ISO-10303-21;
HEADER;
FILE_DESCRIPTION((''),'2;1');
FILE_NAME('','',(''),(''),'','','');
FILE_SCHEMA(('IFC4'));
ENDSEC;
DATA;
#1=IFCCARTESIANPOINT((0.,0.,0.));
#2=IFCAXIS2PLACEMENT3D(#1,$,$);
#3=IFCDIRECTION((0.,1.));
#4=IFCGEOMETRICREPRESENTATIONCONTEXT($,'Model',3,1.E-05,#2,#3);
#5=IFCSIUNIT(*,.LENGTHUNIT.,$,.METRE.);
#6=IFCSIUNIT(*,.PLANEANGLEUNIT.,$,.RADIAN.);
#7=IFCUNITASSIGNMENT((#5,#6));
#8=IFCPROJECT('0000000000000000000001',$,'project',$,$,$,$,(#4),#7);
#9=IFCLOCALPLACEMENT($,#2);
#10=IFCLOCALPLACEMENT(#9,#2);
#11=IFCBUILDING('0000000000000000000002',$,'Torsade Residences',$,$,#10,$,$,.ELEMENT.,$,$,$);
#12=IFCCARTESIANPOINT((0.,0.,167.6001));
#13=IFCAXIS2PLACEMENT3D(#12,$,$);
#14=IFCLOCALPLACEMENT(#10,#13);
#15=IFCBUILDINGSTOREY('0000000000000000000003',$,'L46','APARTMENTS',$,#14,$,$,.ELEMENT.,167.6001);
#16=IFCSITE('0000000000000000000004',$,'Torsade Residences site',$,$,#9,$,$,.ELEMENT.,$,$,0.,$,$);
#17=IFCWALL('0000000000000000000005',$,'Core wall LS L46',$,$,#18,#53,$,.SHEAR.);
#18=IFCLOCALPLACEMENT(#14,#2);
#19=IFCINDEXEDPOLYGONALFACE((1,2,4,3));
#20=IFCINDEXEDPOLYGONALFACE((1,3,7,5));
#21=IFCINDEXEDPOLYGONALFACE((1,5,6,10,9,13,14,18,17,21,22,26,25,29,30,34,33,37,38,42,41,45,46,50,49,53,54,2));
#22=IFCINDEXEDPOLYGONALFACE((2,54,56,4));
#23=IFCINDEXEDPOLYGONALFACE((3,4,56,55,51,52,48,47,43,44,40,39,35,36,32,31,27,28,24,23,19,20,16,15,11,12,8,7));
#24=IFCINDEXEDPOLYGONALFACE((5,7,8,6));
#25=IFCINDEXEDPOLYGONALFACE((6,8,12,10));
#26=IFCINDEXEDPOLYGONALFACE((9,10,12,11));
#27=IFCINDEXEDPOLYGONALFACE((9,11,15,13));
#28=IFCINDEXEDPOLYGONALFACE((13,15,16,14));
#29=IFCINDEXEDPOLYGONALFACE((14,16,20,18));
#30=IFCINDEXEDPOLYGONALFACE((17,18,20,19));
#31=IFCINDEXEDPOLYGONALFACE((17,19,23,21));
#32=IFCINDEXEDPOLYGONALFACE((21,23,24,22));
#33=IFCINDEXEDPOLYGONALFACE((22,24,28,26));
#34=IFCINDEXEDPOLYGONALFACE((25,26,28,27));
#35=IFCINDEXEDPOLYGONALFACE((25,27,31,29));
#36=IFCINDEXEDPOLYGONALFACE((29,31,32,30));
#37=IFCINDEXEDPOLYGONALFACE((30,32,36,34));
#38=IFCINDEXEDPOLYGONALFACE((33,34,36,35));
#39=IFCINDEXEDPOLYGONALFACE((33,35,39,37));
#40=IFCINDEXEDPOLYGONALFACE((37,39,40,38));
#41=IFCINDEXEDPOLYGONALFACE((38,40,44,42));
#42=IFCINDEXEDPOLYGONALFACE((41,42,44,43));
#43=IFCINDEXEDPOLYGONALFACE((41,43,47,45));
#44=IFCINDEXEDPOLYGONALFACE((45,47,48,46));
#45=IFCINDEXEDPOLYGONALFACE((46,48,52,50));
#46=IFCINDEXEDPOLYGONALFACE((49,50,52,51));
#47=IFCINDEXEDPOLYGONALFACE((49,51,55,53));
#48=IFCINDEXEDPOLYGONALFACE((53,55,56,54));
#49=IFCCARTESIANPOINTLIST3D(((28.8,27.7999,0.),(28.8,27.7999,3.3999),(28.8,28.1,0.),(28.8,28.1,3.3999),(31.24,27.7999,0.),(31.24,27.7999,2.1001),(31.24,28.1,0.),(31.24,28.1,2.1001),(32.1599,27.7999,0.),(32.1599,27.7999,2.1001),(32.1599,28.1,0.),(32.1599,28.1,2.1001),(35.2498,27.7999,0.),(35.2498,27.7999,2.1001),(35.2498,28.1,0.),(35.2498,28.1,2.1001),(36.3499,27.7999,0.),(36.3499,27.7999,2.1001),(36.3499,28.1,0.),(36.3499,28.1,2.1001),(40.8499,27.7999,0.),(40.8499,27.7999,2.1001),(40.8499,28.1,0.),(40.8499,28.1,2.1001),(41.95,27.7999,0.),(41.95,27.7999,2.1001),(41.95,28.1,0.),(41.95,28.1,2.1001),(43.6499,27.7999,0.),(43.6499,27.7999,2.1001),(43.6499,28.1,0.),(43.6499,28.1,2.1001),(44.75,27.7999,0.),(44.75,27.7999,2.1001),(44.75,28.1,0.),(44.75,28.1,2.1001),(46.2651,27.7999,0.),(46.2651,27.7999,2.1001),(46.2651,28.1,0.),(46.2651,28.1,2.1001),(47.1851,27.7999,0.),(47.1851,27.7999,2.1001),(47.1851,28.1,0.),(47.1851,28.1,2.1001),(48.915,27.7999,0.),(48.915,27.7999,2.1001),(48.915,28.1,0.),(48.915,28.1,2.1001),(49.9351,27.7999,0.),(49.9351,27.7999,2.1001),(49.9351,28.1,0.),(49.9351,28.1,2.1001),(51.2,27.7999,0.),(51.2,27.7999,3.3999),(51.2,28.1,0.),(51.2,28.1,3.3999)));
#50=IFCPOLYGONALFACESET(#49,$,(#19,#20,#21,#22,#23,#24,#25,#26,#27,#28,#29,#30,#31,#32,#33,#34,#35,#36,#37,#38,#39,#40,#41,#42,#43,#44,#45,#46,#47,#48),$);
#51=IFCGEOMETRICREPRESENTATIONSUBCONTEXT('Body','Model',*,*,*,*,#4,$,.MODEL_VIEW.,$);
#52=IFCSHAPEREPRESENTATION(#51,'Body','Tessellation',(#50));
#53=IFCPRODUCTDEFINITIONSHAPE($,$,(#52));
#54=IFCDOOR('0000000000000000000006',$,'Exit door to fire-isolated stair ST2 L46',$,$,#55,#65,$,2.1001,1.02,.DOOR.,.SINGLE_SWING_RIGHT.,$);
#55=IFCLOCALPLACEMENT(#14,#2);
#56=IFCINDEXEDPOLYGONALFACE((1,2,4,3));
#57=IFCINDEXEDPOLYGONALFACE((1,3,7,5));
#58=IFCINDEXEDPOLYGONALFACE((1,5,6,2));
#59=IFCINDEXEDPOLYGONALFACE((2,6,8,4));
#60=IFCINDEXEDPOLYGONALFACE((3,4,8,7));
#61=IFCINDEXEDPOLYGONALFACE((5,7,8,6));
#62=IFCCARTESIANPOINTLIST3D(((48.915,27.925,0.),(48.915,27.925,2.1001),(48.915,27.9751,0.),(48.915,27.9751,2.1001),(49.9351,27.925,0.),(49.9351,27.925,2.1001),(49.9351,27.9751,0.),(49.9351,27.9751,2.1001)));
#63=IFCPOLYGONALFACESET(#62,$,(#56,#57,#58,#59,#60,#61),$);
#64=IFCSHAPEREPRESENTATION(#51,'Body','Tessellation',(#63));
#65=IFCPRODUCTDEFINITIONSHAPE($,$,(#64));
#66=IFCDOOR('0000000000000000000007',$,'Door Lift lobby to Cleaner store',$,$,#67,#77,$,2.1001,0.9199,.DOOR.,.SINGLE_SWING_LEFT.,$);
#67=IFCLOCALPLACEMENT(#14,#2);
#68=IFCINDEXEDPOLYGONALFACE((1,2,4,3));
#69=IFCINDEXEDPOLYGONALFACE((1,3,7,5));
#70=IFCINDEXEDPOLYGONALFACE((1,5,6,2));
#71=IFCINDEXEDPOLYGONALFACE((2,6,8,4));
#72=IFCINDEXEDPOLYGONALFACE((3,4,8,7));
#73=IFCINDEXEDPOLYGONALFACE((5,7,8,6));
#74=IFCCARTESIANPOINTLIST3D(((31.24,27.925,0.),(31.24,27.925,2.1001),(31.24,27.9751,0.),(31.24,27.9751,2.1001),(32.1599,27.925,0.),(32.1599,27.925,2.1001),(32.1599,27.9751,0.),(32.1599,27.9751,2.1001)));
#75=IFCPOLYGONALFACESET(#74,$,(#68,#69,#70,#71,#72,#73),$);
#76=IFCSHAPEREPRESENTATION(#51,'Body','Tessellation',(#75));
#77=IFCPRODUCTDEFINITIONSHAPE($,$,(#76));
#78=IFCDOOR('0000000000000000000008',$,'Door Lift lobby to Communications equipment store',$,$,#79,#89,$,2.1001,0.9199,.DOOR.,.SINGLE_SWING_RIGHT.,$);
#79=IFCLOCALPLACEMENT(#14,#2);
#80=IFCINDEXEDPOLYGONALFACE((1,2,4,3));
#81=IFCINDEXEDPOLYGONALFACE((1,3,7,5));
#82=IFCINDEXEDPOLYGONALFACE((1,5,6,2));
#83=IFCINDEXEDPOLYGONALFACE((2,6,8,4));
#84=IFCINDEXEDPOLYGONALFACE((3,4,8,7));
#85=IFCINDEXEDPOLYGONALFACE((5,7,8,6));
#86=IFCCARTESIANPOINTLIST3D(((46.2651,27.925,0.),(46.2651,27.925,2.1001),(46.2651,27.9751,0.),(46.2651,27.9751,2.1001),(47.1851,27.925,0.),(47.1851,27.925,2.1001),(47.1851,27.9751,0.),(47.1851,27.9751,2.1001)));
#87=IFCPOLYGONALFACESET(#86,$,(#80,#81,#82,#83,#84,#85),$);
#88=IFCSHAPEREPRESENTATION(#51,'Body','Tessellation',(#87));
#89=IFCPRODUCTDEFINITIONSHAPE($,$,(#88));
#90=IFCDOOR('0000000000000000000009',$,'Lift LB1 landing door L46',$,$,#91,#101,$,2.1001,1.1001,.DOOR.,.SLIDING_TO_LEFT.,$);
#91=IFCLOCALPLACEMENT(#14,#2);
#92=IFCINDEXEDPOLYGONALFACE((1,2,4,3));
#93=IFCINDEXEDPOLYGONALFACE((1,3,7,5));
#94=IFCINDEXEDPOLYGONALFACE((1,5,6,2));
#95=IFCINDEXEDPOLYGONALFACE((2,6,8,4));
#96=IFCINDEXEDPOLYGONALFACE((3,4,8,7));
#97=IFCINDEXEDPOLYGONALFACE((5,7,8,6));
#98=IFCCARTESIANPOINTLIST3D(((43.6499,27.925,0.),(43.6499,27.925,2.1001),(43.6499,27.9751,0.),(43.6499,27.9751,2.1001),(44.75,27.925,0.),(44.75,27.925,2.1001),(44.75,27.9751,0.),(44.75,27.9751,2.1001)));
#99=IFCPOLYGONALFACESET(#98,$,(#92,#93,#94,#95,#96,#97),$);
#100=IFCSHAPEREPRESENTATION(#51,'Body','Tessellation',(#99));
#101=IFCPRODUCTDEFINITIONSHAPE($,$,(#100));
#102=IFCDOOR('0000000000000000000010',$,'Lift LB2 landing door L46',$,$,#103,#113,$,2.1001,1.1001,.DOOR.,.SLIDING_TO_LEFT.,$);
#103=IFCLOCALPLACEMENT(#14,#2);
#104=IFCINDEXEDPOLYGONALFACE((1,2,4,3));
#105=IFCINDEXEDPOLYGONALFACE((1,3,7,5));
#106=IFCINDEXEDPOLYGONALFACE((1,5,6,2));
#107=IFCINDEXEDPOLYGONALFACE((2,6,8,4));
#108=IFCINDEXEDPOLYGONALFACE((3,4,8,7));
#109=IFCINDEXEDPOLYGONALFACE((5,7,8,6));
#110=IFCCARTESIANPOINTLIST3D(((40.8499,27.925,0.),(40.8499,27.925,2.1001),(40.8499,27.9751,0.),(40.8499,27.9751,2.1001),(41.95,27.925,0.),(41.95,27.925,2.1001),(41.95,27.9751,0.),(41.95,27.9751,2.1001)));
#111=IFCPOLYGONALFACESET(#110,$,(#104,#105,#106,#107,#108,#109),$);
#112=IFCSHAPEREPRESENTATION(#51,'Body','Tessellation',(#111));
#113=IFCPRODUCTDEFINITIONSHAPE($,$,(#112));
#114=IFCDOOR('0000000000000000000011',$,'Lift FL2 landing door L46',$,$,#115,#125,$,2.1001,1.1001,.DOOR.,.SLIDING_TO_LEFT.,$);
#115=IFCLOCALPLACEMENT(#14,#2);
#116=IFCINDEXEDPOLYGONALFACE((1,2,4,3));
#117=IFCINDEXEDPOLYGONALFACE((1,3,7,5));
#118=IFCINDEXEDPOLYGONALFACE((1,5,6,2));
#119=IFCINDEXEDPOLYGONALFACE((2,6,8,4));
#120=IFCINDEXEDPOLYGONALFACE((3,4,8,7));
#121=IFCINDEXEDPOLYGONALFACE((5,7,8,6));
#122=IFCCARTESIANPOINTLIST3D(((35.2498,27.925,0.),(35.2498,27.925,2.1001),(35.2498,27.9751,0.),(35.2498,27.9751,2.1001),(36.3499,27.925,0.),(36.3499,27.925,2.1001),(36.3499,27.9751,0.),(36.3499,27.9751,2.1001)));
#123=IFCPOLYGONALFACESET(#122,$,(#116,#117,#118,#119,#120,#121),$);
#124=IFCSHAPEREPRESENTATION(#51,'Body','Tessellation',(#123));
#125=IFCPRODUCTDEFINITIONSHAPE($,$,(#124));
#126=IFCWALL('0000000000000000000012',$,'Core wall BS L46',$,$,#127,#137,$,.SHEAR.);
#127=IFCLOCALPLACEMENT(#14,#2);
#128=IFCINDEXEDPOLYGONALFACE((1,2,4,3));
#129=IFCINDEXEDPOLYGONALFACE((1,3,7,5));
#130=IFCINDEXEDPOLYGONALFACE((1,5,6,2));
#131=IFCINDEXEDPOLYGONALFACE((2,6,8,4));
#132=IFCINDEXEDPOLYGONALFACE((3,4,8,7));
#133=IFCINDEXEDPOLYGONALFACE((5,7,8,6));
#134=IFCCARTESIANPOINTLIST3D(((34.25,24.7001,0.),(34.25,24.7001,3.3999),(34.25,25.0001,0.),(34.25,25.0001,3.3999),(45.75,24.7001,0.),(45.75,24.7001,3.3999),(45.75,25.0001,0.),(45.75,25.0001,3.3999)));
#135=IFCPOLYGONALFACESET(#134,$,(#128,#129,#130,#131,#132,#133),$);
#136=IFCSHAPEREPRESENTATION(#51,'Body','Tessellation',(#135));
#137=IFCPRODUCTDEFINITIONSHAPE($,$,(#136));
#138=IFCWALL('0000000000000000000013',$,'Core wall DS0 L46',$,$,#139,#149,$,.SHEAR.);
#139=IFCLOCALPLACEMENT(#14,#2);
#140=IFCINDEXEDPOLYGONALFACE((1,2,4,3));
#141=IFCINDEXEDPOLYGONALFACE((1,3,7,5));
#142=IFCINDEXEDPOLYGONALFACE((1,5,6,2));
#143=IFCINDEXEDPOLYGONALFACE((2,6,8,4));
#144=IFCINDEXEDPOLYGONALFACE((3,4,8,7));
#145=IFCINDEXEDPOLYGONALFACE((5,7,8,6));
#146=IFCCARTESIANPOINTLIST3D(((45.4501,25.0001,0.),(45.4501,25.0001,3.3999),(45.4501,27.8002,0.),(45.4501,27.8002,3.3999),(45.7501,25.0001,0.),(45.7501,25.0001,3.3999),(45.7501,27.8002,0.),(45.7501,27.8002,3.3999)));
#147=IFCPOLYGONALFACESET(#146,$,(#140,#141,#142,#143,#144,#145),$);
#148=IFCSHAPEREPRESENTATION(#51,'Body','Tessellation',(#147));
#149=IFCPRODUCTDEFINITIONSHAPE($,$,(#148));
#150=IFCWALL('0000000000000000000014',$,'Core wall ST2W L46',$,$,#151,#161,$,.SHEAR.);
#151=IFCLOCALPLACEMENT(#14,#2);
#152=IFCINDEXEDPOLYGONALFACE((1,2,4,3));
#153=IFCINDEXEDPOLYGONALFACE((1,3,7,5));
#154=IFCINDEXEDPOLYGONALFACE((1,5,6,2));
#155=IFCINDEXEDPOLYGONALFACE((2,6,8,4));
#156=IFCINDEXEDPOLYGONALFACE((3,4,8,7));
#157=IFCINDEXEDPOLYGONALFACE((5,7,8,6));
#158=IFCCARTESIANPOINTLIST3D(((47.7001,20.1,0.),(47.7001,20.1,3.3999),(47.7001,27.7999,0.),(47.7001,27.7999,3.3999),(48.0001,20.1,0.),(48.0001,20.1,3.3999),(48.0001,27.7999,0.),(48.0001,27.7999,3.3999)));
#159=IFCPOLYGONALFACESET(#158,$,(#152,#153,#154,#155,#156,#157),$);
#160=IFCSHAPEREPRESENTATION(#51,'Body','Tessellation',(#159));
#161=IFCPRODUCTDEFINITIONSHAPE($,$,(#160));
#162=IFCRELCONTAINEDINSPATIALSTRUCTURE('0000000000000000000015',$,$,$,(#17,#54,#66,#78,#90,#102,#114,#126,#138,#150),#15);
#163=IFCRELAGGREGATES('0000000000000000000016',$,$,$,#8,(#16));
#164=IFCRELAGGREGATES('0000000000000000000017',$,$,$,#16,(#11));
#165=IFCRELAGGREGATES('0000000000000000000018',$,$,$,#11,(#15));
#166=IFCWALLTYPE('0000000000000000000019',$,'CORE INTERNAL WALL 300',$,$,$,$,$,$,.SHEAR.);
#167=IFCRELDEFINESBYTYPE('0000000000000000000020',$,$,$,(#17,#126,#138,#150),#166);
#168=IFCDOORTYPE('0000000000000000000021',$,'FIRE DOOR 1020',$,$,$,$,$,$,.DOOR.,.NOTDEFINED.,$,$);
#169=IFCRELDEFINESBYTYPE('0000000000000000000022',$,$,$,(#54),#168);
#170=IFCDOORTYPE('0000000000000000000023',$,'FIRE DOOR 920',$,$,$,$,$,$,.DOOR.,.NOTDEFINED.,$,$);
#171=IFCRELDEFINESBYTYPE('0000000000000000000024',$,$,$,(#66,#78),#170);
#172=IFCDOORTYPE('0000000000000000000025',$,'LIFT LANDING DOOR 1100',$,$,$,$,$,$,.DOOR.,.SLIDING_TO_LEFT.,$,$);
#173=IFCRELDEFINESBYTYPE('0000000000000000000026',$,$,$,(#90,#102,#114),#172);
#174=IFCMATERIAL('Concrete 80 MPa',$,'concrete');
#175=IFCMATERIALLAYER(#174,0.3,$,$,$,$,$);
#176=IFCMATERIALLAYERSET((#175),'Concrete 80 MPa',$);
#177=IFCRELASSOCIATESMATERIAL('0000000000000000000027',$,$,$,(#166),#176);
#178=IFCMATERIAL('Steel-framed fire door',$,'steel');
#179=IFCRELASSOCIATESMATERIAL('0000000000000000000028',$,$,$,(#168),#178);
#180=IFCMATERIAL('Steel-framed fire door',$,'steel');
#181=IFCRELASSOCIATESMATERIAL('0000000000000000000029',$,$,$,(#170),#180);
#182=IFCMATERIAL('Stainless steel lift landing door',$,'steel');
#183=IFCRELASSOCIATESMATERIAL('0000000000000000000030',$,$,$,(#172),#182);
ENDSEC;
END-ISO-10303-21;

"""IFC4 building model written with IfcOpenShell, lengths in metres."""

from ifc_helpers import new_model, si_unit, direction, frame, frame_2d, origin, place, context, subcontext, project, spatial, rectangle, extrude, material, layer, layer_set, type_object, element, fill, save


model = new_model("IFC4")

# Units and contexts
model_context = context("Model", 3, precision=1e-05, world=origin(), true_north=direction((0.0, 1.0)))
body_context = subcontext(model_context, "Body", "Model", "MODEL_VIEW")
ifc_project = project(units=[si_unit("LENGTHUNIT", "METRE"), si_unit("PLANEANGLEUNIT", "RADIAN")], contexts=[model_context])

# Site, building, storey
site_placement = place(None, origin())
site = spatial("IfcSite", under=ifc_project, at=site_placement, Name="Torsade Residences site", CompositionType="ELEMENT", RefElevation=0.0)
building_placement = place(site_placement, origin())
building = spatial("IfcBuilding", under=site, at=building_placement, Name="Torsade Residences", CompositionType="ELEMENT")
storey_placement = place(building_placement, frame((0.0, 0.0, 167.6001)))
storey = spatial("IfcBuildingStorey", under=building, at=storey_placement, Name="L46", Description="APARTMENTS", CompositionType="ELEMENT", Elevation=167.6001)

# Wall, openings, doors
ifc_material_1 = material(Name="Concrete 80 MPa", Category="concrete")
ifc_layer_1 = layer(ifc_material_1, 0.3)
ifc_layer_set_1 = layer_set([ifc_layer_1], Name="Concrete 80 MPa")
wall_type_1 = type_object("IfcWallType", Name="CORE INTERNAL WALL 300", PredefinedType="SHEAR", material=ifc_layer_set_1)
wall_1_placement = place(storey_placement, frame((51.2, 27.95, 0.0), z_axis=(0.0, 0.0, 1.0), x_axis=(-1.0, 0.0, 0.0)))
wall_1 = element("IfcWall", 1, at=wall_1_placement, inside=storey, type_object=wall_type_1, Name="Core wall LS L46", PredefinedType="SHEAR", context=body_context, shape_type="SweptSolid", body=[
    extrude(rectangle(XDim=22.3999, YDim=0.3, at=frame_2d((11.2, 0.0))), origin(), (0.0, 0.0, 1.0), 3.3999),
])
opening_1_placement = place(wall_1_placement, frame((19.04, 0.0, 0.0)))
opening_1 = element("IfcOpeningElement", 2, at=opening_1_placement, cuts=wall_1, PredefinedType="OPENING", context=body_context, shape_type="SweptSolid", body=[
    extrude(rectangle(XDim=0.9199, YDim=2.1001, at=frame_2d((0.46, 1.05))), frame((0.0, 0.1599, 0.0), z_axis=(0.0, -1.0, 0.0), x_axis=(1.0, 0.0, 0.0)), (0.0, 0.0, 1.0), 0.3201),
])
opening_2_placement = place(wall_1_placement, frame((1.2649, 0.0, 0.0)))
opening_2 = element("IfcOpeningElement", 3, at=opening_2_placement, cuts=wall_1, PredefinedType="OPENING", context=body_context, shape_type="SweptSolid", body=[
    extrude(rectangle(XDim=1.02, YDim=2.1001, at=frame_2d((0.51, 1.05))), frame((0.0, 0.1599, 0.0), z_axis=(0.0, -1.0, 0.0), x_axis=(1.0, 0.0, 0.0)), (0.0, 0.0, 1.0), 0.3201),
])
opening_3_placement = place(wall_1_placement, frame((4.0149, 0.0, 0.0)))
opening_3 = element("IfcOpeningElement", 4, at=opening_3_placement, cuts=wall_1, PredefinedType="OPENING", context=body_context, shape_type="SweptSolid", body=[
    extrude(rectangle(XDim=0.9199, YDim=2.1001, at=frame_2d((0.46, 1.05))), frame((0.0, 0.1599, 0.0), z_axis=(0.0, -1.0, 0.0), x_axis=(1.0, 0.0, 0.0)), (0.0, 0.0, 1.0), 0.3201),
])
opening_4_placement = place(wall_1_placement, frame((6.45, 0.0, 0.0)))
opening_4 = element("IfcOpeningElement", 5, at=opening_4_placement, cuts=wall_1, PredefinedType="OPENING", context=body_context, shape_type="SweptSolid", body=[
    extrude(rectangle(XDim=1.1001, YDim=2.1001, at=frame_2d((0.55, 1.05))), frame((0.0, 0.1599, 0.0), z_axis=(0.0, -1.0, 0.0), x_axis=(1.0, 0.0, 0.0)), (0.0, 0.0, 1.0), 0.3201),
])
opening_5_placement = place(wall_1_placement, frame((9.25, 0.0, 0.0)))
opening_5 = element("IfcOpeningElement", 6, at=opening_5_placement, cuts=wall_1, PredefinedType="OPENING", context=body_context, shape_type="SweptSolid", body=[
    extrude(rectangle(XDim=1.1001, YDim=2.1001, at=frame_2d((0.55, 1.05))), frame((0.0, 0.1599, 0.0), z_axis=(0.0, -1.0, 0.0), x_axis=(1.0, 0.0, 0.0)), (0.0, 0.0, 1.0), 0.3201),
])
opening_6_placement = place(wall_1_placement, frame((14.8501, 0.0, 0.0)))
opening_6 = element("IfcOpeningElement", 7, at=opening_6_placement, cuts=wall_1, PredefinedType="OPENING", context=body_context, shape_type="SweptSolid", body=[
    extrude(rectangle(XDim=1.1001, YDim=2.1001, at=frame_2d((0.55, 1.05))), frame((0.0, 0.1599, 0.0), z_axis=(0.0, -1.0, 0.0), x_axis=(1.0, 0.0, 0.0)), (0.0, 0.0, 1.0), 0.3201),
])
ifc_material_2 = material(Name="Steel-framed fire door", Category="steel")
door_type_1 = type_object("IfcDoorType", Name="FIRE DOOR 1020", OperationType="NOTDEFINED", PredefinedType="DOOR", material=ifc_material_2)
door_1_placement = place(opening_2_placement, origin())
door_1 = element("IfcDoor", 8, at=door_1_placement, inside=storey, type_object=door_type_1, Name="Exit door to fire-isolated stair ST2 L46", OperationType="SINGLE_SWING_RIGHT", OverallHeight=2.1001, OverallWidth=1.02, PredefinedType="DOOR", context=body_context, shape_type="SweptSolid", body=[
    extrude(rectangle(XDim=1.02, YDim=2.1001, at=frame_2d((0.51, 1.05))), frame((0.0, 0.0249, 0.0), z_axis=(0.0, -1.0, 0.0), x_axis=(1.0, 0.0, 0.0)), (0.0, 0.0, 1.0), 0.05),
])
fill(opening_2, door_1)
ifc_material_3 = material(Name="Steel-framed fire door", Category="steel")
door_type_2 = type_object("IfcDoorType", Name="FIRE DOOR 920", OperationType="NOTDEFINED", PredefinedType="DOOR", material=ifc_material_3)
door_2_placement = place(opening_1_placement, origin())
door_2 = element("IfcDoor", 9, at=door_2_placement, inside=storey, type_object=door_type_2, Name="Door Lift lobby to Cleaner store", OperationType="SINGLE_SWING_LEFT", OverallHeight=2.1001, OverallWidth=0.9199, PredefinedType="DOOR", context=body_context, shape_type="SweptSolid", body=[
    extrude(rectangle(XDim=0.9199, YDim=2.1001, at=frame_2d((0.46, 1.05))), frame((0.0, 0.0249, 0.0), z_axis=(0.0, -1.0, 0.0), x_axis=(1.0, 0.0, 0.0)), (0.0, 0.0, 1.0), 0.05),
])
fill(opening_1, door_2)
door_3_placement = place(opening_3_placement, origin())
door_3 = element("IfcDoor", 10, at=door_3_placement, inside=storey, type_object=door_type_2, Name="Door Lift lobby to Communications equipment store", OperationType="SINGLE_SWING_RIGHT", OverallHeight=2.1001, OverallWidth=0.9199, PredefinedType="DOOR", context=body_context, shape_type="SweptSolid", body=[
    extrude(rectangle(XDim=0.9199, YDim=2.1001, at=frame_2d((0.46, 1.05))), frame((0.0, 0.0249, 0.0), z_axis=(0.0, -1.0, 0.0), x_axis=(1.0, 0.0, 0.0)), (0.0, 0.0, 1.0), 0.05),
])
fill(opening_3, door_3)
ifc_material_4 = material(Name="Stainless steel lift landing door", Category="steel")
door_type_3 = type_object("IfcDoorType", Name="LIFT LANDING DOOR 1100", OperationType="SLIDING_TO_LEFT", PredefinedType="DOOR", material=ifc_material_4)
door_4_placement = place(opening_4_placement, origin())
door_4 = element("IfcDoor", 11, at=door_4_placement, inside=storey, type_object=door_type_3, Name="Lift LB1 landing door L46", OperationType="SLIDING_TO_LEFT", OverallHeight=2.1001, OverallWidth=1.1001, PredefinedType="DOOR", context=body_context, shape_type="SweptSolid", body=[
    extrude(rectangle(XDim=1.1001, YDim=2.1001, at=frame_2d((0.55, 1.05))), frame((0.0, 0.0249, 0.0), z_axis=(0.0, -1.0, 0.0), x_axis=(1.0, 0.0, 0.0)), (0.0, 0.0, 1.0), 0.05),
])
fill(opening_4, door_4)
door_5_placement = place(opening_5_placement, origin())
door_5 = element("IfcDoor", 12, at=door_5_placement, inside=storey, type_object=door_type_3, Name="Lift LB2 landing door L46", OperationType="SLIDING_TO_LEFT", OverallHeight=2.1001, OverallWidth=1.1001, PredefinedType="DOOR", context=body_context, shape_type="SweptSolid", body=[
    extrude(rectangle(XDim=1.1001, YDim=2.1001, at=frame_2d((0.55, 1.05))), frame((0.0, 0.0249, 0.0), z_axis=(0.0, -1.0, 0.0), x_axis=(1.0, 0.0, 0.0)), (0.0, 0.0, 1.0), 0.05),
])
fill(opening_5, door_5)
door_6_placement = place(opening_6_placement, origin())
door_6 = element("IfcDoor", 13, at=door_6_placement, inside=storey, type_object=door_type_3, Name="Lift FL2 landing door L46", OperationType="SLIDING_TO_LEFT", OverallHeight=2.1001, OverallWidth=1.1001, PredefinedType="DOOR", context=body_context, shape_type="SweptSolid", body=[
    extrude(rectangle(XDim=1.1001, YDim=2.1001, at=frame_2d((0.55, 1.05))), frame((0.0, 0.0249, 0.0), z_axis=(0.0, -1.0, 0.0), x_axis=(1.0, 0.0, 0.0)), (0.0, 0.0, 1.0), 0.05),
])
fill(opening_6, door_6)

# Walls
wall_2_placement = place(storey_placement, frame((45.75, 24.8501, 0.0), z_axis=(0.0, 0.0, 1.0), x_axis=(-1.0, 0.0, 0.0)))
element("IfcWall", 14, at=wall_2_placement, inside=storey, type_object=wall_type_1, Name="Core wall BS L46", PredefinedType="SHEAR", context=body_context, shape_type="SweptSolid", body=[
    extrude(rectangle(XDim=11.5, YDim=0.3, at=frame_2d((5.75, 0.0))), origin(), (0.0, 0.0, 1.0), 3.3999),
])
wall_3_placement = place(storey_placement, frame((45.6001, 27.8, 0.0), z_axis=(0.0, 0.0, 1.0), x_axis=(0.0, -1.0, 0.0)))
element("IfcWall", 15, at=wall_3_placement, inside=storey, type_object=wall_type_1, Name="Core wall DS0 L46", PredefinedType="SHEAR", context=body_context, shape_type="SweptSolid", body=[
    extrude(rectangle(XDim=2.8, YDim=0.3, at=frame_2d((1.3999, 0.0))), origin(), (0.0, 0.0, 1.0), 3.3999),
])
wall_4_placement = place(storey_placement, frame((47.8501, 27.8, 0.0), z_axis=(0.0, 0.0, 1.0), x_axis=(0.0, -1.0, 0.0)))
element("IfcWall", 16, at=wall_4_placement, inside=storey, type_object=wall_type_1, Name="Core wall ST2W L46", PredefinedType="SHEAR", context=body_context, shape_type="SweptSolid", body=[
    extrude(rectangle(XDim=7.7, YDim=0.3, at=frame_2d((3.8501, 0.0))), origin(), (0.0, 0.0, 1.0), 3.3999),
])

save(model, "model.ifc")
